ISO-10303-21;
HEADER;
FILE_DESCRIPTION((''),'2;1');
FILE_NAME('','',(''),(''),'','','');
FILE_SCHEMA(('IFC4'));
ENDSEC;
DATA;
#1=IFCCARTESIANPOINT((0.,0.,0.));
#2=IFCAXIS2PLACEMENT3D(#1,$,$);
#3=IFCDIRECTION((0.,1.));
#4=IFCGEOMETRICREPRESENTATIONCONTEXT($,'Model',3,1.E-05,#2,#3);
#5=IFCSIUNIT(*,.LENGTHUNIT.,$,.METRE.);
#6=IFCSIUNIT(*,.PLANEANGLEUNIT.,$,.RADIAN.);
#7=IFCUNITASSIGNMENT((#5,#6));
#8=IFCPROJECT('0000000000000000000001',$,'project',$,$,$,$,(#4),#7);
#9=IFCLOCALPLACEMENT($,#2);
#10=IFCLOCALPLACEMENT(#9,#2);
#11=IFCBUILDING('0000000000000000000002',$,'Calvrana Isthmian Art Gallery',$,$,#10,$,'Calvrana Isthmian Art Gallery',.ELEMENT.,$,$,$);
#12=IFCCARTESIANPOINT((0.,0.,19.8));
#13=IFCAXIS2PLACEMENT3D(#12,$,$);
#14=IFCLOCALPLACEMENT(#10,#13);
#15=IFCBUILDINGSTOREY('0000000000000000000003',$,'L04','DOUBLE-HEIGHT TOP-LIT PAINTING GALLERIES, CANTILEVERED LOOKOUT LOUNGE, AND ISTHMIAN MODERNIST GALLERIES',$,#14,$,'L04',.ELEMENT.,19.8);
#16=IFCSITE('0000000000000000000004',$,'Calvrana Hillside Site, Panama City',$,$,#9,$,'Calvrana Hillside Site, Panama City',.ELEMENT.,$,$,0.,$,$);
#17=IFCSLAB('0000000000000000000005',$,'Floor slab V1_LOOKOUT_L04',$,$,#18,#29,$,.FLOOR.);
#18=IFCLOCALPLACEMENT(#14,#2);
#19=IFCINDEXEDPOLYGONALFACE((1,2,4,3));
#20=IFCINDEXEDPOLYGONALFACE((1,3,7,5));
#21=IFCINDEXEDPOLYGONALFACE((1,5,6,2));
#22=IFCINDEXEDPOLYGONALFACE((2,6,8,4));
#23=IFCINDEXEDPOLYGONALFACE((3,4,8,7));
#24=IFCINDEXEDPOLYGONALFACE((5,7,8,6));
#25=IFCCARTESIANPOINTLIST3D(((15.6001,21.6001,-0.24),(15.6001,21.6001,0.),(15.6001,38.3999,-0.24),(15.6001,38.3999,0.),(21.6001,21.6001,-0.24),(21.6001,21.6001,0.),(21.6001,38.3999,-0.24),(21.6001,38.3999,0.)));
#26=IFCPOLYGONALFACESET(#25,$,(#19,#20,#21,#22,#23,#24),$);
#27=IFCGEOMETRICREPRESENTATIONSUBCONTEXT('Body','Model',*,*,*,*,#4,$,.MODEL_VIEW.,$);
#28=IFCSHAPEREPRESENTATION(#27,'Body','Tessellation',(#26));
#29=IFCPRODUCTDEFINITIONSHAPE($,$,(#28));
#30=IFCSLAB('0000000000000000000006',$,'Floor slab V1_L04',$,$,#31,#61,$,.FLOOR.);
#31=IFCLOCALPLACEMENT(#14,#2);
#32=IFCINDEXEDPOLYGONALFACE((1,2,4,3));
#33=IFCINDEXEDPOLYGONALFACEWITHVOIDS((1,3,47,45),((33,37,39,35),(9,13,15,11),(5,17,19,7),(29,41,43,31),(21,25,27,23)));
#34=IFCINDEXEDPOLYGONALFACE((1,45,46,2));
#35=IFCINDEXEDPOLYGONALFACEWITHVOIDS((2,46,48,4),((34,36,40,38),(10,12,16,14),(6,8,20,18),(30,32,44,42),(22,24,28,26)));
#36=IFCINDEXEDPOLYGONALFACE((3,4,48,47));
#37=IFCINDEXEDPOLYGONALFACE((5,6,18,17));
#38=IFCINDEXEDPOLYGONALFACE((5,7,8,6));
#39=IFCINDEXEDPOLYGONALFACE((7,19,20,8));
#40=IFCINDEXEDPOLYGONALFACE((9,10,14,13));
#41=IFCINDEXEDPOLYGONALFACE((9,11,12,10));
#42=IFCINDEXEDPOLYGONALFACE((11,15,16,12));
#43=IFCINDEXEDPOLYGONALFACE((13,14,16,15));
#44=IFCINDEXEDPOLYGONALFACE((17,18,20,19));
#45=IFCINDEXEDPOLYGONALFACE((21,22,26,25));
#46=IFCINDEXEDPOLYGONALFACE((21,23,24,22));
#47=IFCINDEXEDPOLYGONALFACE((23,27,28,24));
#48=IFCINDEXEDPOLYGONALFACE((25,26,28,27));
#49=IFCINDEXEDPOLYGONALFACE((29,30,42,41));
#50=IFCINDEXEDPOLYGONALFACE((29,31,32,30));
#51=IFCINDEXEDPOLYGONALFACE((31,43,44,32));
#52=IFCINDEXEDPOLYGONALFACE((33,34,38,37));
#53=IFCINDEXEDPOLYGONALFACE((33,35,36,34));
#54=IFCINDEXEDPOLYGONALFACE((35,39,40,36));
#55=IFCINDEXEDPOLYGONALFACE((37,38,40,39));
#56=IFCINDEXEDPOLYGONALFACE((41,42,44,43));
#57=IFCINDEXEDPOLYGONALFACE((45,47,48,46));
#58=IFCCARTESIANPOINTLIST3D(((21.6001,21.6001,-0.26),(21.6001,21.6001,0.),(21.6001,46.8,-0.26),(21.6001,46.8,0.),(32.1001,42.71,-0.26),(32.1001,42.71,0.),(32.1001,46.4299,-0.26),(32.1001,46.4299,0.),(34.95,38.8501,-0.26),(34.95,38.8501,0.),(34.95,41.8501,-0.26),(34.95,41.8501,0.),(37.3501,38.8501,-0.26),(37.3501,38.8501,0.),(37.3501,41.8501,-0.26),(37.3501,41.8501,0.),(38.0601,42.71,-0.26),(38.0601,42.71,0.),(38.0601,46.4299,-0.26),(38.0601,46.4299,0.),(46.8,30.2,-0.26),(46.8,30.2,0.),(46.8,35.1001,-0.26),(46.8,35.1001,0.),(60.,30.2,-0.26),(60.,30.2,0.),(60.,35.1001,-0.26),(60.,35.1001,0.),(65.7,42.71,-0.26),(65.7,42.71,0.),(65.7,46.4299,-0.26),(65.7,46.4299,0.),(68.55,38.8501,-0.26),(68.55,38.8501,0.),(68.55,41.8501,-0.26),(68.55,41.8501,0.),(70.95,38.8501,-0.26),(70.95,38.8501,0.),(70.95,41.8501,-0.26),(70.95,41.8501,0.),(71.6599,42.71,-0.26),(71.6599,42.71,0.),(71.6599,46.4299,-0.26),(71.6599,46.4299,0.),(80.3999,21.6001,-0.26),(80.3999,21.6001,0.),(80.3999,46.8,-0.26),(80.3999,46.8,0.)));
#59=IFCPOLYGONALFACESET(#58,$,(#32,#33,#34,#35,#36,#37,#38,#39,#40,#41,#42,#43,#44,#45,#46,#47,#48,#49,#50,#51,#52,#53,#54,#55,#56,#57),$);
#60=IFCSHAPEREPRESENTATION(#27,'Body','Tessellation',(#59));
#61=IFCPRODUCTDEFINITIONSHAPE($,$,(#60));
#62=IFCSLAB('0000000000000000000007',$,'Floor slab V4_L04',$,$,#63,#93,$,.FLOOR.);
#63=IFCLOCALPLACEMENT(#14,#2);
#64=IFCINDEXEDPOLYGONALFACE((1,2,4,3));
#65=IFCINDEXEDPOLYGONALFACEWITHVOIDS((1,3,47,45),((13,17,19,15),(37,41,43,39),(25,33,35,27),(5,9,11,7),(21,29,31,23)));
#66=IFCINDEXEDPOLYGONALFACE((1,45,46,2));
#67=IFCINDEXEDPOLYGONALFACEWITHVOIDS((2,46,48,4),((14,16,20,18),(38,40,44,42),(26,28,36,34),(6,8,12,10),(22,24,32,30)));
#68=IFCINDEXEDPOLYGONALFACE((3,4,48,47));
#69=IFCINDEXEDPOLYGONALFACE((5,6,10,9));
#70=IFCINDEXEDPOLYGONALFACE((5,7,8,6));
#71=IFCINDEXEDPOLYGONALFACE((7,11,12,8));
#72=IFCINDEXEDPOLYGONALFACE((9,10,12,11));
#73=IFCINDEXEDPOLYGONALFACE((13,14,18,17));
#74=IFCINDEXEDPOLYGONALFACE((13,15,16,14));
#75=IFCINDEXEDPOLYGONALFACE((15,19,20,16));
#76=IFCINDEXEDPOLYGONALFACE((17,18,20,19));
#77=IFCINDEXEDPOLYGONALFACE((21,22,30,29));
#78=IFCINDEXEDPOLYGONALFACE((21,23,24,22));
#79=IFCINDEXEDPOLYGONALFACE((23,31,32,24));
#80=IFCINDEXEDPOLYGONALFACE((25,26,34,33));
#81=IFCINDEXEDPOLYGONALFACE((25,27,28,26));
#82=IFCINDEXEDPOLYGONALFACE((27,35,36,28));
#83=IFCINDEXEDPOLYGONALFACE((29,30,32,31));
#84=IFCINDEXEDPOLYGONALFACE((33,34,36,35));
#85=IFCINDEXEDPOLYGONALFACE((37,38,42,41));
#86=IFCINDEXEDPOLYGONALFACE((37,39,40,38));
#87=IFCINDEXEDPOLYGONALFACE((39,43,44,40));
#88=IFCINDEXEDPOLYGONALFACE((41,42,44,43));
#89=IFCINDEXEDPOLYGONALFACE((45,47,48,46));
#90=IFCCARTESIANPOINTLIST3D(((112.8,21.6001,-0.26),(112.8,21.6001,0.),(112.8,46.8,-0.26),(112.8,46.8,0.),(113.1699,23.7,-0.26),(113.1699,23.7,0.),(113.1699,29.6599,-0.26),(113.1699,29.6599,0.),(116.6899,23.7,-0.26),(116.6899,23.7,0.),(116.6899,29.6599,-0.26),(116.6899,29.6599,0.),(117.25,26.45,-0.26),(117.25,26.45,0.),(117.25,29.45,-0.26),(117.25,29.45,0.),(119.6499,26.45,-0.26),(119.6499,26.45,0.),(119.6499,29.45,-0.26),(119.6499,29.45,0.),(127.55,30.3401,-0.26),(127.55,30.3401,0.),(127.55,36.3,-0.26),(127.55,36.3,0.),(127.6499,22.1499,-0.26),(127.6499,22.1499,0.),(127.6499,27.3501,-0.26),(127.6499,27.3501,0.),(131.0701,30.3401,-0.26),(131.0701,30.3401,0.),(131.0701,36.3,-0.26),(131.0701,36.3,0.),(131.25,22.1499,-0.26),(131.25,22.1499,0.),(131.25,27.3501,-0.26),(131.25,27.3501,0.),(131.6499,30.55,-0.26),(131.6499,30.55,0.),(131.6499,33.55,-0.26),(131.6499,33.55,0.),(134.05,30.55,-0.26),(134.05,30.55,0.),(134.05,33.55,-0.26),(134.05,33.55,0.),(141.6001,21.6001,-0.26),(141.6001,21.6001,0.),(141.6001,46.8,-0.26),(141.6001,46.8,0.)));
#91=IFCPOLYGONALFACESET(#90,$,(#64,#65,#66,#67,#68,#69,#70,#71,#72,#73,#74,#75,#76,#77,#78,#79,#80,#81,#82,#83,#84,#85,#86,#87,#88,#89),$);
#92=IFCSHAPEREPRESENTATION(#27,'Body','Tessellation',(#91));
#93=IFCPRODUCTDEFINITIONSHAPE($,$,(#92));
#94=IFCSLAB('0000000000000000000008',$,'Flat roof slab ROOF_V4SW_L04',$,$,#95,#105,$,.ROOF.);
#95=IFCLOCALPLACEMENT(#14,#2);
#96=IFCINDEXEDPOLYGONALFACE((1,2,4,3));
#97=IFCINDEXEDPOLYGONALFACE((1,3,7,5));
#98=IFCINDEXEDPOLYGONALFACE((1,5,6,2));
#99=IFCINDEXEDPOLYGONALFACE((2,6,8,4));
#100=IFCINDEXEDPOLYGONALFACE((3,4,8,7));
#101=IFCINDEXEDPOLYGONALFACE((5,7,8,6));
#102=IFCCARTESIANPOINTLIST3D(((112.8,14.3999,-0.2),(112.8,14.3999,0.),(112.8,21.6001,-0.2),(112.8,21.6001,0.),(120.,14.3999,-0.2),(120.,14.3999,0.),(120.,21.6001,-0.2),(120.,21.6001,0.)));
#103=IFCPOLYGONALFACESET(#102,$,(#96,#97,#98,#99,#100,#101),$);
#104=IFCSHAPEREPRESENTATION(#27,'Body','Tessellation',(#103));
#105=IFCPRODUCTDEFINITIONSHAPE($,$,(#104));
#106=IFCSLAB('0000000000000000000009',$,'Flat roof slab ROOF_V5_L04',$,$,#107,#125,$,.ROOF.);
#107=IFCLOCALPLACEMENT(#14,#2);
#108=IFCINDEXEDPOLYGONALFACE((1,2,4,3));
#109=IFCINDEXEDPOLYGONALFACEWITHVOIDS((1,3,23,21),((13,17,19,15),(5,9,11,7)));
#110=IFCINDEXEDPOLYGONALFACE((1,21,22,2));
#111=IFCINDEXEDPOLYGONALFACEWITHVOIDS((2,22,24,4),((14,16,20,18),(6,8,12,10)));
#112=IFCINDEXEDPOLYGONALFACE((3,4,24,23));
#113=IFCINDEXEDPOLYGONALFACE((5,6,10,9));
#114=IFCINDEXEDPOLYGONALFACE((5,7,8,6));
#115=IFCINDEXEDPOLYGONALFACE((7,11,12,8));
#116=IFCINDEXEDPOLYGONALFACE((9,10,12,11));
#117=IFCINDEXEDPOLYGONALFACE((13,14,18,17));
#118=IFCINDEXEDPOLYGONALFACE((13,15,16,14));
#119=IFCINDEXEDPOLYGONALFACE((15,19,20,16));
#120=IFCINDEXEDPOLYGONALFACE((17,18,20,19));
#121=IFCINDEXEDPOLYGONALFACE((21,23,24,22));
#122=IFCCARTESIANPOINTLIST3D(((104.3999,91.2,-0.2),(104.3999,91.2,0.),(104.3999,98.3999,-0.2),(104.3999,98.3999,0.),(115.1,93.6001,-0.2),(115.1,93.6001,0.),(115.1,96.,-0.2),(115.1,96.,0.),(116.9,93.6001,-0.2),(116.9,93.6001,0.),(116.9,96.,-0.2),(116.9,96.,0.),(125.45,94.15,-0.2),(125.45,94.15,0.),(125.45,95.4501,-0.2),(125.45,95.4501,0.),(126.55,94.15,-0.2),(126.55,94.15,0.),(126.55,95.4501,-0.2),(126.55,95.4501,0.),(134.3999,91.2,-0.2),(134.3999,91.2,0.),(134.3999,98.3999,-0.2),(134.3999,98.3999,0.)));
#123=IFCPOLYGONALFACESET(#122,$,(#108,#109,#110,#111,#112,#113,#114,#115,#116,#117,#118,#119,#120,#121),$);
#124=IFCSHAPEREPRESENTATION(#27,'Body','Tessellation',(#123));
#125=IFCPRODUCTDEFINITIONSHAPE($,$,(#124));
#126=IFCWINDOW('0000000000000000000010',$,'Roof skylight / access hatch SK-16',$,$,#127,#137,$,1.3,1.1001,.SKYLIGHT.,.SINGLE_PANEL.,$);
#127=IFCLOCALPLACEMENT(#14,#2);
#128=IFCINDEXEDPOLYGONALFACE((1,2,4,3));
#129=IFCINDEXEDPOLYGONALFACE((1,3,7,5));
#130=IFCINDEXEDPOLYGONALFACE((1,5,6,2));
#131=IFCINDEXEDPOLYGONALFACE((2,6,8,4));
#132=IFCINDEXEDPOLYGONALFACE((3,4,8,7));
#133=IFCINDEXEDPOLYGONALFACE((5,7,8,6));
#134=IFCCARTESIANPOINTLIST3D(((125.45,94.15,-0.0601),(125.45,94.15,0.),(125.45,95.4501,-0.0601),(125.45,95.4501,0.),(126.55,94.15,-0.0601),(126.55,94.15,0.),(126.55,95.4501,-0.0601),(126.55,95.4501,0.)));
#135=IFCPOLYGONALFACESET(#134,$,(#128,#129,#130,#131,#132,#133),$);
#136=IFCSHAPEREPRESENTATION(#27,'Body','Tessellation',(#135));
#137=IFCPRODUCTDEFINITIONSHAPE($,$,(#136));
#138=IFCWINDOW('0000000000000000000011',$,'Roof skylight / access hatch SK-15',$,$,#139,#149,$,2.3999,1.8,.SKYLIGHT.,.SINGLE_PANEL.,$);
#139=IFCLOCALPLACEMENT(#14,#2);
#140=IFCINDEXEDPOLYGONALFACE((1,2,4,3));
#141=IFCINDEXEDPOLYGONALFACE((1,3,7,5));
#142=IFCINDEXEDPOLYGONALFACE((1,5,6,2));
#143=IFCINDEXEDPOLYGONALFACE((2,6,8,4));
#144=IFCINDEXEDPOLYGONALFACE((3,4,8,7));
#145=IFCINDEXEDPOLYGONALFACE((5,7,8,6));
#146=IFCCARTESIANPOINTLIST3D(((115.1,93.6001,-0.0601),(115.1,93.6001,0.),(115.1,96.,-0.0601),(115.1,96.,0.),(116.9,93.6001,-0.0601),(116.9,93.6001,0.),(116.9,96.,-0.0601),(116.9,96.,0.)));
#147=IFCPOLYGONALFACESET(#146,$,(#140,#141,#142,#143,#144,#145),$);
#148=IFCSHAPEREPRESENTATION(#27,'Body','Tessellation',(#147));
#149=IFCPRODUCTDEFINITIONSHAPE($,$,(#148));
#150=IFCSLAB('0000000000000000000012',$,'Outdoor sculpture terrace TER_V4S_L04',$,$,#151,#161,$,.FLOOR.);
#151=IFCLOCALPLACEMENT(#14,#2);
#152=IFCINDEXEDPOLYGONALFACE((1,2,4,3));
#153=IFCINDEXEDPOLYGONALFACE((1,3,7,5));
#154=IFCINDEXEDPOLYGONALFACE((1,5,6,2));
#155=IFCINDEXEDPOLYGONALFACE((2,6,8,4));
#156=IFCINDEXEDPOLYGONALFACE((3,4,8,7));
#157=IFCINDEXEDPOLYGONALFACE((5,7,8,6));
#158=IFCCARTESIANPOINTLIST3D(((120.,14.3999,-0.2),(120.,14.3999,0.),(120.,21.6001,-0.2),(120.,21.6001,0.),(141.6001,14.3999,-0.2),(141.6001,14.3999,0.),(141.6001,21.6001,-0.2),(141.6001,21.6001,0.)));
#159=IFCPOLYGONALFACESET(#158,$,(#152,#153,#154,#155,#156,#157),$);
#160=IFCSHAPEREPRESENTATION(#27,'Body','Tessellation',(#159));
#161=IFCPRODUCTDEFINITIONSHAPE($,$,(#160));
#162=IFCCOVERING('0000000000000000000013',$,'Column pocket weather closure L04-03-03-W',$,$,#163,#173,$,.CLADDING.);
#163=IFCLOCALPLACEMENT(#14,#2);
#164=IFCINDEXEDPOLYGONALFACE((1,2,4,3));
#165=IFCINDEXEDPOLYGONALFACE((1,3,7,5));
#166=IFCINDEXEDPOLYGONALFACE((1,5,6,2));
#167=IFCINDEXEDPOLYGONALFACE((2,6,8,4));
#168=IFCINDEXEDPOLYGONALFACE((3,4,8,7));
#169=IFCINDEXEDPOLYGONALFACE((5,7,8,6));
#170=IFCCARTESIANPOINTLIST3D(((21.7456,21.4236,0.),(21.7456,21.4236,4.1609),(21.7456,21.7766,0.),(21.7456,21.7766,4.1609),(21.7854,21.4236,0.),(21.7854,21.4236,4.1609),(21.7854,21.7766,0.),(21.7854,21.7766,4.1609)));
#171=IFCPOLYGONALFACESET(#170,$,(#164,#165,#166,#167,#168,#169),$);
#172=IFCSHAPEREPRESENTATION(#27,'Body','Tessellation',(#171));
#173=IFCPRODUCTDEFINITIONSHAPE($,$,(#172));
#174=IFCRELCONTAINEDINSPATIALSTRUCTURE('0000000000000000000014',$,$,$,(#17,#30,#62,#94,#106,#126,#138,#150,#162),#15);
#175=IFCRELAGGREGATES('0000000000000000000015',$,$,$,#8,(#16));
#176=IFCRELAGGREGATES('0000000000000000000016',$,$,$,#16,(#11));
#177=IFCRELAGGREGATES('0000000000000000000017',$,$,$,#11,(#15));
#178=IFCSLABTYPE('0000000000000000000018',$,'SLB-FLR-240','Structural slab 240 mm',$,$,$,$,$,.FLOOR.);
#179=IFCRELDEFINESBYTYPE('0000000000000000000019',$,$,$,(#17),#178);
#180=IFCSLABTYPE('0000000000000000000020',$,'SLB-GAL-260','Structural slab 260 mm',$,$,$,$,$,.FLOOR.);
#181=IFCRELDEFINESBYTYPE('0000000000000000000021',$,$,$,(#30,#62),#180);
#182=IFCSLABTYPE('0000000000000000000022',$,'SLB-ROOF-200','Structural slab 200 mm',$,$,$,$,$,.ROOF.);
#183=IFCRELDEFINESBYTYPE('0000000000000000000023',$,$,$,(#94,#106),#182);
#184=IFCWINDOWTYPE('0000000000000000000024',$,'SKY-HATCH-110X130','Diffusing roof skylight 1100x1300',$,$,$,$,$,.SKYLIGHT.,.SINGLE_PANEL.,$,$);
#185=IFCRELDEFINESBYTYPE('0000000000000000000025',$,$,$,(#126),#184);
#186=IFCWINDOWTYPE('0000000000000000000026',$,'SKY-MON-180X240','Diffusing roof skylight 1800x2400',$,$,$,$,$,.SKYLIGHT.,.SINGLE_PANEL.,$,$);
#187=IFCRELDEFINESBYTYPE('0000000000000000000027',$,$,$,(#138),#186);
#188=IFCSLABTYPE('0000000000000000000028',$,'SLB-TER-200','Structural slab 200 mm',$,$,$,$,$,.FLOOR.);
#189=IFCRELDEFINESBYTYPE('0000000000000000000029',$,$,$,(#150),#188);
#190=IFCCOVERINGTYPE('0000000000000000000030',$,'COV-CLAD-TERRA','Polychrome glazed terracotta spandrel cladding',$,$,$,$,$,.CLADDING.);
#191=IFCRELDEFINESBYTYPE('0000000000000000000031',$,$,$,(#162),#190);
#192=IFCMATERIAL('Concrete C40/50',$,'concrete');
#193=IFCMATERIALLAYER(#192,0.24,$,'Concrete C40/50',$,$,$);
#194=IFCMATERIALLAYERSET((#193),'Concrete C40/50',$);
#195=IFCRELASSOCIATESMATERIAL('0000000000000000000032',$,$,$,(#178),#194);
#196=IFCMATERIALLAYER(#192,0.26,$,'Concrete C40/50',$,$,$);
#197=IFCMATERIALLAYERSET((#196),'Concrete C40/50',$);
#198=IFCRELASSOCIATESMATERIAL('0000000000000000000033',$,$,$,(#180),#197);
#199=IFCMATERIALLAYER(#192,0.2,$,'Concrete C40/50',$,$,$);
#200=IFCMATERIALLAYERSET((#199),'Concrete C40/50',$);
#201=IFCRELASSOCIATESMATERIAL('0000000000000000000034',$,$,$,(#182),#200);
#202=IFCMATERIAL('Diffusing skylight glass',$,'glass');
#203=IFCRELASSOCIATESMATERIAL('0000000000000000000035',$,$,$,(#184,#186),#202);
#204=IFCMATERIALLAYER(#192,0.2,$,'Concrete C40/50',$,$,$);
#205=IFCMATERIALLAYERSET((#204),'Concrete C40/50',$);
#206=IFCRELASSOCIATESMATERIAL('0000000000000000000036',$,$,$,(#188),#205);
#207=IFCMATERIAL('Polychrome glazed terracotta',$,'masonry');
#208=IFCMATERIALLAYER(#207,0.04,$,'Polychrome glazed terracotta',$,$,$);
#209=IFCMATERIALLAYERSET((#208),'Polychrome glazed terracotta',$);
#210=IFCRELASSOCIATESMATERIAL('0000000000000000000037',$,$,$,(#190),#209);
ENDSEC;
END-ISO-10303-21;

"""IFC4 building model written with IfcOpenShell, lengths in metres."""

from ifc_helpers import new_model, si_unit, direction, frame, origin, origin_2d, place, context, subcontext, project, spatial, polyline, rectangle, outline, extrude, material, layer, layer_set, type_object, element, fill, save


model = new_model("IFC4")

# Units and contexts
model_context = context("Model", 3, precision=1e-05, world=origin(), true_north=direction((0.0, 1.0)))
body_context = subcontext(model_context, "Body", "Model", "MODEL_VIEW")
ifc_project = project(units=[si_unit("LENGTHUNIT", "METRE"), si_unit("PLANEANGLEUNIT", "RADIAN")], contexts=[model_context])

# Site, building, storey
site_placement = place(None, origin())
site = spatial("IfcSite", under=ifc_project, at=site_placement, Name="Calvrana Hillside Site, Panama City", LongName="Calvrana Hillside Site, Panama City", CompositionType="ELEMENT", RefElevation=0.0)
building_placement = place(site_placement, origin())
building = spatial("IfcBuilding", under=site, at=building_placement, Name="Calvrana Isthmian Art Gallery", LongName="Calvrana Isthmian Art Gallery", CompositionType="ELEMENT")
storey_placement = place(building_placement, frame((0.0, 0.0, 19.8)))
storey = spatial("IfcBuildingStorey", under=building, at=storey_placement, Name="L04", Description="DOUBLE-HEIGHT TOP-LIT PAINTING GALLERIES, CANTILEVERED LOOKOUT LOUNGE, AND ISTHMIAN MODERNIST GALLERIES", LongName="L04", CompositionType="ELEMENT", Elevation=19.8)

# Slabs
ifc_material_1 = material(Name="Concrete C40/50", Category="concrete")
ifc_layer_1 = layer(ifc_material_1, 0.24, Name="Concrete C40/50")
ifc_layer_set_1 = layer_set([ifc_layer_1], Name="Concrete C40/50")
slab_type_1 = type_object("IfcSlabType", Name="SLB-FLR-240", Description="Structural slab 240 mm", PredefinedType="FLOOR", material=ifc_layer_set_1)
slab_1_placement = place(storey_placement, frame((0.0, 0.0, -0.24)))
element("IfcSlab", 1, at=slab_1_placement, inside=storey, type_object=slab_type_1, Name="Floor slab V1_LOOKOUT_L04", PredefinedType="FLOOR", context=body_context, shape_type="SweptSolid", body=[
    extrude(outline(polyline([(15.6001, 21.6001), (21.6001, 21.6001), (21.6001, 38.3999), (15.6001, 38.3999), (15.6001, 21.6001)])), origin(), (0.0, 0.0, 1.0), 0.24),
])
ifc_layer_2 = layer(ifc_material_1, 0.26, Name="Concrete C40/50")
ifc_layer_set_2 = layer_set([ifc_layer_2], Name="Concrete C40/50")
slab_type_2 = type_object("IfcSlabType", Name="SLB-GAL-260", Description="Structural slab 260 mm", PredefinedType="FLOOR", material=ifc_layer_set_2)
slab_2_placement = place(storey_placement, frame((0.0, 0.0, -0.26)))
element("IfcSlab", 2, at=slab_2_placement, inside=storey, type_object=slab_type_2, Name="Floor slab V1_L04", PredefinedType="FLOOR", context=body_context, shape_type="SweptSolid", body=[
    extrude(outline(polyline([(21.6001, 21.6001), (80.3999, 21.6001), (80.3999, 46.8), (21.6001, 46.8), (21.6001, 21.6001)]), holes=[polyline([(32.1001, 42.71), (38.0601, 42.71), (38.0601, 46.4299), (32.1001, 46.4299), (32.1001, 42.71)]), polyline([(34.95, 38.8501), (37.3501, 38.8501), (37.3501, 41.8501), (34.95, 41.8501), (34.95, 38.8501)]), polyline([(65.7, 42.71), (71.6599, 42.71), (71.6599, 46.4299), (65.7, 46.4299), (65.7, 42.71)]), polyline([(68.55, 38.8501), (70.95, 38.8501), (70.95, 41.8501), (68.55, 41.8501), (68.55, 38.8501)]), polyline([(46.8, 30.2), (60.0, 30.2), (60.0, 35.1001), (46.8, 35.1001), (46.8, 30.2)])]), origin(), (0.0, 0.0, 1.0), 0.26),
])
slab_3_placement = place(storey_placement, frame((0.0, 0.0, -0.26)))
element("IfcSlab", 3, at=slab_3_placement, inside=storey, type_object=slab_type_2, Name="Floor slab V4_L04", PredefinedType="FLOOR", context=body_context, shape_type="SweptSolid", body=[
    extrude(outline(polyline([(112.8, 21.6001), (141.6001, 21.6001), (141.6001, 46.8), (112.8, 46.8), (112.8, 21.6001)]), holes=[polyline([(116.6899, 23.7), (116.6899, 29.6599), (113.1699, 29.6599), (113.1699, 23.7), (116.6899, 23.7)]), polyline([(117.25, 26.45), (119.6499, 26.45), (119.6499, 29.45), (117.25, 29.45), (117.25, 26.45)]), polyline([(127.55, 36.3), (127.55, 30.3401), (131.0701, 30.3401), (131.0701, 36.3), (127.55, 36.3)]), polyline([(131.6499, 30.55), (134.05, 30.55), (134.05, 33.55), (131.6499, 33.55), (131.6499, 30.55)]), polyline([(127.6499, 22.1499), (131.25, 22.1499), (131.25, 27.3501), (127.6499, 27.3501), (127.6499, 22.1499)])]), origin(), (0.0, 0.0, 1.0), 0.26),
])
ifc_layer_3 = layer(ifc_material_1, 0.2, Name="Concrete C40/50")
ifc_layer_set_3 = layer_set([ifc_layer_3], Name="Concrete C40/50")
slab_type_3 = type_object("IfcSlabType", Name="SLB-ROOF-200", Description="Structural slab 200 mm", PredefinedType="ROOF", material=ifc_layer_set_3)
slab_4_placement = place(storey_placement, frame((0.0, 0.0, -0.2)))
element("IfcSlab", 4, at=slab_4_placement, inside=storey, type_object=slab_type_3, Name="Flat roof slab ROOF_V4SW_L04", PredefinedType="ROOF", context=body_context, shape_type="SweptSolid", body=[
    extrude(outline(polyline([(112.8, 14.3999), (120.0, 14.3999), (120.0, 21.6001), (112.8, 21.6001), (112.8, 14.3999)])), origin(), (0.0, 0.0, 1.0), 0.2),
])

# Slab, openings, windows
slab_5_placement = place(storey_placement, frame((0.0, 0.0, -0.2)))
slab_5 = element("IfcSlab", 5, at=slab_5_placement, inside=storey, type_object=slab_type_3, Name="Flat roof slab ROOF_V5_L04", PredefinedType="ROOF", context=body_context, shape_type="SweptSolid", body=[
    extrude(outline(polyline([(104.3999, 91.2), (134.3999, 91.2), (134.3999, 98.3999), (104.3999, 98.3999), (104.3999, 91.2)])), origin(), (0.0, 0.0, 1.0), 0.2),
])
opening_1_placement = place(slab_5_placement, frame((116.0, 94.8, -0.0103)))
opening_1 = element("IfcOpeningElement", 6, at=opening_1_placement, cuts=slab_5, PredefinedType="OPENING", context=body_context, shape_type="SweptSolid", body=[
    extrude(rectangle(XDim=1.8, YDim=2.3999, at=origin_2d()), origin(), (0.0, 0.0, 1.0), 0.2205),
])
opening_2_placement = place(slab_5_placement, frame((126.0, 94.8, -0.0103)))
opening_2 = element("IfcOpeningElement", 7, at=opening_2_placement, cuts=slab_5, PredefinedType="OPENING", context=body_context, shape_type="SweptSolid", body=[
    extrude(rectangle(XDim=1.1001, YDim=1.3, at=origin_2d()), origin(), (0.0, 0.0, 1.0), 0.2205),
])
ifc_material_2 = material(Name="Diffusing skylight glass", Category="glass")
window_type_1 = type_object("IfcWindowType", Name="SKY-HATCH-110X130", Description="Diffusing roof skylight 1100x1300", PartitioningType="SINGLE_PANEL", PredefinedType="SKYLIGHT", material=ifc_material_2)
window_1_placement = place(slab_5_placement, frame((126.0, 94.8, 0.1399)))
window_1 = element("IfcWindow", 8, at=window_1_placement, inside=storey, type_object=window_type_1, Name="Roof skylight / access hatch SK-16", OverallHeight=1.3, OverallWidth=1.1001, PartitioningType="SINGLE_PANEL", PredefinedType="SKYLIGHT", context=body_context, shape_type="SweptSolid", body=[
    extrude(rectangle(XDim=1.1001, YDim=1.3, at=origin_2d()), origin(), (0.0, 0.0, 1.0), 0.0601),
])
fill(opening_2, window_1)
window_type_2 = type_object("IfcWindowType", Name="SKY-MON-180X240", Description="Diffusing roof skylight 1800x2400", PartitioningType="SINGLE_PANEL", PredefinedType="SKYLIGHT", material=ifc_material_2)
window_2_placement = place(slab_5_placement, frame((116.0, 94.8, 0.1399)))
window_2 = element("IfcWindow", 9, at=window_2_placement, inside=storey, type_object=window_type_2, Name="Roof skylight / access hatch SK-15", OverallHeight=2.3999, OverallWidth=1.8, PartitioningType="SINGLE_PANEL", PredefinedType="SKYLIGHT", context=body_context, shape_type="SweptSolid", body=[
    extrude(rectangle(XDim=1.8, YDim=2.3999, at=origin_2d()), origin(), (0.0, 0.0, 1.0), 0.0601),
])
fill(opening_1, window_2)

# Slab
ifc_layer_4 = layer(ifc_material_1, 0.2, Name="Concrete C40/50")
ifc_layer_set_4 = layer_set([ifc_layer_4], Name="Concrete C40/50")
slab_type_4 = type_object("IfcSlabType", Name="SLB-TER-200", Description="Structural slab 200 mm", PredefinedType="FLOOR", material=ifc_layer_set_4)
slab_6_placement = place(storey_placement, frame((0.0, 0.0, -0.2)))
element("IfcSlab", 10, at=slab_6_placement, inside=storey, type_object=slab_type_4, Name="Outdoor sculpture terrace TER_V4S_L04", PredefinedType="FLOOR", context=body_context, shape_type="SweptSolid", body=[
    extrude(outline(polyline([(120.0, 14.3999), (141.6001, 14.3999), (141.6001, 21.6001), (120.0, 21.6001), (120.0, 14.3999)])), origin(), (0.0, 0.0, 1.0), 0.2),
])

# Covering
ifc_material_3 = material(Name="Polychrome glazed terracotta", Category="masonry")
ifc_layer_5 = layer(ifc_material_3, 0.04, Name="Polychrome glazed terracotta")
ifc_layer_set_5 = layer_set([ifc_layer_5], Name="Polychrome glazed terracotta")
covering_type = type_object("IfcCoveringType", Name="COV-CLAD-TERRA", Description="Polychrome glazed terracotta spandrel cladding", PredefinedType="CLADDING", material=ifc_layer_set_5)
covering_1_placement = place(storey_placement, origin())
element("IfcCovering", 11, at=covering_1_placement, inside=storey, type_object=covering_type, Name="Column pocket weather closure L04-03-03-W", PredefinedType="CLADDING", context=body_context, shape_type="SweptSolid", body=[
    extrude(outline(polyline([(21.7456, 21.4236), (21.7854, 21.4236), (21.7854, 21.7766), (21.7456, 21.7766), (21.7456, 21.4236)])), origin(), (0.0, 0.0, 1.0), 4.1609),
])

save(model, "model.ifc")
